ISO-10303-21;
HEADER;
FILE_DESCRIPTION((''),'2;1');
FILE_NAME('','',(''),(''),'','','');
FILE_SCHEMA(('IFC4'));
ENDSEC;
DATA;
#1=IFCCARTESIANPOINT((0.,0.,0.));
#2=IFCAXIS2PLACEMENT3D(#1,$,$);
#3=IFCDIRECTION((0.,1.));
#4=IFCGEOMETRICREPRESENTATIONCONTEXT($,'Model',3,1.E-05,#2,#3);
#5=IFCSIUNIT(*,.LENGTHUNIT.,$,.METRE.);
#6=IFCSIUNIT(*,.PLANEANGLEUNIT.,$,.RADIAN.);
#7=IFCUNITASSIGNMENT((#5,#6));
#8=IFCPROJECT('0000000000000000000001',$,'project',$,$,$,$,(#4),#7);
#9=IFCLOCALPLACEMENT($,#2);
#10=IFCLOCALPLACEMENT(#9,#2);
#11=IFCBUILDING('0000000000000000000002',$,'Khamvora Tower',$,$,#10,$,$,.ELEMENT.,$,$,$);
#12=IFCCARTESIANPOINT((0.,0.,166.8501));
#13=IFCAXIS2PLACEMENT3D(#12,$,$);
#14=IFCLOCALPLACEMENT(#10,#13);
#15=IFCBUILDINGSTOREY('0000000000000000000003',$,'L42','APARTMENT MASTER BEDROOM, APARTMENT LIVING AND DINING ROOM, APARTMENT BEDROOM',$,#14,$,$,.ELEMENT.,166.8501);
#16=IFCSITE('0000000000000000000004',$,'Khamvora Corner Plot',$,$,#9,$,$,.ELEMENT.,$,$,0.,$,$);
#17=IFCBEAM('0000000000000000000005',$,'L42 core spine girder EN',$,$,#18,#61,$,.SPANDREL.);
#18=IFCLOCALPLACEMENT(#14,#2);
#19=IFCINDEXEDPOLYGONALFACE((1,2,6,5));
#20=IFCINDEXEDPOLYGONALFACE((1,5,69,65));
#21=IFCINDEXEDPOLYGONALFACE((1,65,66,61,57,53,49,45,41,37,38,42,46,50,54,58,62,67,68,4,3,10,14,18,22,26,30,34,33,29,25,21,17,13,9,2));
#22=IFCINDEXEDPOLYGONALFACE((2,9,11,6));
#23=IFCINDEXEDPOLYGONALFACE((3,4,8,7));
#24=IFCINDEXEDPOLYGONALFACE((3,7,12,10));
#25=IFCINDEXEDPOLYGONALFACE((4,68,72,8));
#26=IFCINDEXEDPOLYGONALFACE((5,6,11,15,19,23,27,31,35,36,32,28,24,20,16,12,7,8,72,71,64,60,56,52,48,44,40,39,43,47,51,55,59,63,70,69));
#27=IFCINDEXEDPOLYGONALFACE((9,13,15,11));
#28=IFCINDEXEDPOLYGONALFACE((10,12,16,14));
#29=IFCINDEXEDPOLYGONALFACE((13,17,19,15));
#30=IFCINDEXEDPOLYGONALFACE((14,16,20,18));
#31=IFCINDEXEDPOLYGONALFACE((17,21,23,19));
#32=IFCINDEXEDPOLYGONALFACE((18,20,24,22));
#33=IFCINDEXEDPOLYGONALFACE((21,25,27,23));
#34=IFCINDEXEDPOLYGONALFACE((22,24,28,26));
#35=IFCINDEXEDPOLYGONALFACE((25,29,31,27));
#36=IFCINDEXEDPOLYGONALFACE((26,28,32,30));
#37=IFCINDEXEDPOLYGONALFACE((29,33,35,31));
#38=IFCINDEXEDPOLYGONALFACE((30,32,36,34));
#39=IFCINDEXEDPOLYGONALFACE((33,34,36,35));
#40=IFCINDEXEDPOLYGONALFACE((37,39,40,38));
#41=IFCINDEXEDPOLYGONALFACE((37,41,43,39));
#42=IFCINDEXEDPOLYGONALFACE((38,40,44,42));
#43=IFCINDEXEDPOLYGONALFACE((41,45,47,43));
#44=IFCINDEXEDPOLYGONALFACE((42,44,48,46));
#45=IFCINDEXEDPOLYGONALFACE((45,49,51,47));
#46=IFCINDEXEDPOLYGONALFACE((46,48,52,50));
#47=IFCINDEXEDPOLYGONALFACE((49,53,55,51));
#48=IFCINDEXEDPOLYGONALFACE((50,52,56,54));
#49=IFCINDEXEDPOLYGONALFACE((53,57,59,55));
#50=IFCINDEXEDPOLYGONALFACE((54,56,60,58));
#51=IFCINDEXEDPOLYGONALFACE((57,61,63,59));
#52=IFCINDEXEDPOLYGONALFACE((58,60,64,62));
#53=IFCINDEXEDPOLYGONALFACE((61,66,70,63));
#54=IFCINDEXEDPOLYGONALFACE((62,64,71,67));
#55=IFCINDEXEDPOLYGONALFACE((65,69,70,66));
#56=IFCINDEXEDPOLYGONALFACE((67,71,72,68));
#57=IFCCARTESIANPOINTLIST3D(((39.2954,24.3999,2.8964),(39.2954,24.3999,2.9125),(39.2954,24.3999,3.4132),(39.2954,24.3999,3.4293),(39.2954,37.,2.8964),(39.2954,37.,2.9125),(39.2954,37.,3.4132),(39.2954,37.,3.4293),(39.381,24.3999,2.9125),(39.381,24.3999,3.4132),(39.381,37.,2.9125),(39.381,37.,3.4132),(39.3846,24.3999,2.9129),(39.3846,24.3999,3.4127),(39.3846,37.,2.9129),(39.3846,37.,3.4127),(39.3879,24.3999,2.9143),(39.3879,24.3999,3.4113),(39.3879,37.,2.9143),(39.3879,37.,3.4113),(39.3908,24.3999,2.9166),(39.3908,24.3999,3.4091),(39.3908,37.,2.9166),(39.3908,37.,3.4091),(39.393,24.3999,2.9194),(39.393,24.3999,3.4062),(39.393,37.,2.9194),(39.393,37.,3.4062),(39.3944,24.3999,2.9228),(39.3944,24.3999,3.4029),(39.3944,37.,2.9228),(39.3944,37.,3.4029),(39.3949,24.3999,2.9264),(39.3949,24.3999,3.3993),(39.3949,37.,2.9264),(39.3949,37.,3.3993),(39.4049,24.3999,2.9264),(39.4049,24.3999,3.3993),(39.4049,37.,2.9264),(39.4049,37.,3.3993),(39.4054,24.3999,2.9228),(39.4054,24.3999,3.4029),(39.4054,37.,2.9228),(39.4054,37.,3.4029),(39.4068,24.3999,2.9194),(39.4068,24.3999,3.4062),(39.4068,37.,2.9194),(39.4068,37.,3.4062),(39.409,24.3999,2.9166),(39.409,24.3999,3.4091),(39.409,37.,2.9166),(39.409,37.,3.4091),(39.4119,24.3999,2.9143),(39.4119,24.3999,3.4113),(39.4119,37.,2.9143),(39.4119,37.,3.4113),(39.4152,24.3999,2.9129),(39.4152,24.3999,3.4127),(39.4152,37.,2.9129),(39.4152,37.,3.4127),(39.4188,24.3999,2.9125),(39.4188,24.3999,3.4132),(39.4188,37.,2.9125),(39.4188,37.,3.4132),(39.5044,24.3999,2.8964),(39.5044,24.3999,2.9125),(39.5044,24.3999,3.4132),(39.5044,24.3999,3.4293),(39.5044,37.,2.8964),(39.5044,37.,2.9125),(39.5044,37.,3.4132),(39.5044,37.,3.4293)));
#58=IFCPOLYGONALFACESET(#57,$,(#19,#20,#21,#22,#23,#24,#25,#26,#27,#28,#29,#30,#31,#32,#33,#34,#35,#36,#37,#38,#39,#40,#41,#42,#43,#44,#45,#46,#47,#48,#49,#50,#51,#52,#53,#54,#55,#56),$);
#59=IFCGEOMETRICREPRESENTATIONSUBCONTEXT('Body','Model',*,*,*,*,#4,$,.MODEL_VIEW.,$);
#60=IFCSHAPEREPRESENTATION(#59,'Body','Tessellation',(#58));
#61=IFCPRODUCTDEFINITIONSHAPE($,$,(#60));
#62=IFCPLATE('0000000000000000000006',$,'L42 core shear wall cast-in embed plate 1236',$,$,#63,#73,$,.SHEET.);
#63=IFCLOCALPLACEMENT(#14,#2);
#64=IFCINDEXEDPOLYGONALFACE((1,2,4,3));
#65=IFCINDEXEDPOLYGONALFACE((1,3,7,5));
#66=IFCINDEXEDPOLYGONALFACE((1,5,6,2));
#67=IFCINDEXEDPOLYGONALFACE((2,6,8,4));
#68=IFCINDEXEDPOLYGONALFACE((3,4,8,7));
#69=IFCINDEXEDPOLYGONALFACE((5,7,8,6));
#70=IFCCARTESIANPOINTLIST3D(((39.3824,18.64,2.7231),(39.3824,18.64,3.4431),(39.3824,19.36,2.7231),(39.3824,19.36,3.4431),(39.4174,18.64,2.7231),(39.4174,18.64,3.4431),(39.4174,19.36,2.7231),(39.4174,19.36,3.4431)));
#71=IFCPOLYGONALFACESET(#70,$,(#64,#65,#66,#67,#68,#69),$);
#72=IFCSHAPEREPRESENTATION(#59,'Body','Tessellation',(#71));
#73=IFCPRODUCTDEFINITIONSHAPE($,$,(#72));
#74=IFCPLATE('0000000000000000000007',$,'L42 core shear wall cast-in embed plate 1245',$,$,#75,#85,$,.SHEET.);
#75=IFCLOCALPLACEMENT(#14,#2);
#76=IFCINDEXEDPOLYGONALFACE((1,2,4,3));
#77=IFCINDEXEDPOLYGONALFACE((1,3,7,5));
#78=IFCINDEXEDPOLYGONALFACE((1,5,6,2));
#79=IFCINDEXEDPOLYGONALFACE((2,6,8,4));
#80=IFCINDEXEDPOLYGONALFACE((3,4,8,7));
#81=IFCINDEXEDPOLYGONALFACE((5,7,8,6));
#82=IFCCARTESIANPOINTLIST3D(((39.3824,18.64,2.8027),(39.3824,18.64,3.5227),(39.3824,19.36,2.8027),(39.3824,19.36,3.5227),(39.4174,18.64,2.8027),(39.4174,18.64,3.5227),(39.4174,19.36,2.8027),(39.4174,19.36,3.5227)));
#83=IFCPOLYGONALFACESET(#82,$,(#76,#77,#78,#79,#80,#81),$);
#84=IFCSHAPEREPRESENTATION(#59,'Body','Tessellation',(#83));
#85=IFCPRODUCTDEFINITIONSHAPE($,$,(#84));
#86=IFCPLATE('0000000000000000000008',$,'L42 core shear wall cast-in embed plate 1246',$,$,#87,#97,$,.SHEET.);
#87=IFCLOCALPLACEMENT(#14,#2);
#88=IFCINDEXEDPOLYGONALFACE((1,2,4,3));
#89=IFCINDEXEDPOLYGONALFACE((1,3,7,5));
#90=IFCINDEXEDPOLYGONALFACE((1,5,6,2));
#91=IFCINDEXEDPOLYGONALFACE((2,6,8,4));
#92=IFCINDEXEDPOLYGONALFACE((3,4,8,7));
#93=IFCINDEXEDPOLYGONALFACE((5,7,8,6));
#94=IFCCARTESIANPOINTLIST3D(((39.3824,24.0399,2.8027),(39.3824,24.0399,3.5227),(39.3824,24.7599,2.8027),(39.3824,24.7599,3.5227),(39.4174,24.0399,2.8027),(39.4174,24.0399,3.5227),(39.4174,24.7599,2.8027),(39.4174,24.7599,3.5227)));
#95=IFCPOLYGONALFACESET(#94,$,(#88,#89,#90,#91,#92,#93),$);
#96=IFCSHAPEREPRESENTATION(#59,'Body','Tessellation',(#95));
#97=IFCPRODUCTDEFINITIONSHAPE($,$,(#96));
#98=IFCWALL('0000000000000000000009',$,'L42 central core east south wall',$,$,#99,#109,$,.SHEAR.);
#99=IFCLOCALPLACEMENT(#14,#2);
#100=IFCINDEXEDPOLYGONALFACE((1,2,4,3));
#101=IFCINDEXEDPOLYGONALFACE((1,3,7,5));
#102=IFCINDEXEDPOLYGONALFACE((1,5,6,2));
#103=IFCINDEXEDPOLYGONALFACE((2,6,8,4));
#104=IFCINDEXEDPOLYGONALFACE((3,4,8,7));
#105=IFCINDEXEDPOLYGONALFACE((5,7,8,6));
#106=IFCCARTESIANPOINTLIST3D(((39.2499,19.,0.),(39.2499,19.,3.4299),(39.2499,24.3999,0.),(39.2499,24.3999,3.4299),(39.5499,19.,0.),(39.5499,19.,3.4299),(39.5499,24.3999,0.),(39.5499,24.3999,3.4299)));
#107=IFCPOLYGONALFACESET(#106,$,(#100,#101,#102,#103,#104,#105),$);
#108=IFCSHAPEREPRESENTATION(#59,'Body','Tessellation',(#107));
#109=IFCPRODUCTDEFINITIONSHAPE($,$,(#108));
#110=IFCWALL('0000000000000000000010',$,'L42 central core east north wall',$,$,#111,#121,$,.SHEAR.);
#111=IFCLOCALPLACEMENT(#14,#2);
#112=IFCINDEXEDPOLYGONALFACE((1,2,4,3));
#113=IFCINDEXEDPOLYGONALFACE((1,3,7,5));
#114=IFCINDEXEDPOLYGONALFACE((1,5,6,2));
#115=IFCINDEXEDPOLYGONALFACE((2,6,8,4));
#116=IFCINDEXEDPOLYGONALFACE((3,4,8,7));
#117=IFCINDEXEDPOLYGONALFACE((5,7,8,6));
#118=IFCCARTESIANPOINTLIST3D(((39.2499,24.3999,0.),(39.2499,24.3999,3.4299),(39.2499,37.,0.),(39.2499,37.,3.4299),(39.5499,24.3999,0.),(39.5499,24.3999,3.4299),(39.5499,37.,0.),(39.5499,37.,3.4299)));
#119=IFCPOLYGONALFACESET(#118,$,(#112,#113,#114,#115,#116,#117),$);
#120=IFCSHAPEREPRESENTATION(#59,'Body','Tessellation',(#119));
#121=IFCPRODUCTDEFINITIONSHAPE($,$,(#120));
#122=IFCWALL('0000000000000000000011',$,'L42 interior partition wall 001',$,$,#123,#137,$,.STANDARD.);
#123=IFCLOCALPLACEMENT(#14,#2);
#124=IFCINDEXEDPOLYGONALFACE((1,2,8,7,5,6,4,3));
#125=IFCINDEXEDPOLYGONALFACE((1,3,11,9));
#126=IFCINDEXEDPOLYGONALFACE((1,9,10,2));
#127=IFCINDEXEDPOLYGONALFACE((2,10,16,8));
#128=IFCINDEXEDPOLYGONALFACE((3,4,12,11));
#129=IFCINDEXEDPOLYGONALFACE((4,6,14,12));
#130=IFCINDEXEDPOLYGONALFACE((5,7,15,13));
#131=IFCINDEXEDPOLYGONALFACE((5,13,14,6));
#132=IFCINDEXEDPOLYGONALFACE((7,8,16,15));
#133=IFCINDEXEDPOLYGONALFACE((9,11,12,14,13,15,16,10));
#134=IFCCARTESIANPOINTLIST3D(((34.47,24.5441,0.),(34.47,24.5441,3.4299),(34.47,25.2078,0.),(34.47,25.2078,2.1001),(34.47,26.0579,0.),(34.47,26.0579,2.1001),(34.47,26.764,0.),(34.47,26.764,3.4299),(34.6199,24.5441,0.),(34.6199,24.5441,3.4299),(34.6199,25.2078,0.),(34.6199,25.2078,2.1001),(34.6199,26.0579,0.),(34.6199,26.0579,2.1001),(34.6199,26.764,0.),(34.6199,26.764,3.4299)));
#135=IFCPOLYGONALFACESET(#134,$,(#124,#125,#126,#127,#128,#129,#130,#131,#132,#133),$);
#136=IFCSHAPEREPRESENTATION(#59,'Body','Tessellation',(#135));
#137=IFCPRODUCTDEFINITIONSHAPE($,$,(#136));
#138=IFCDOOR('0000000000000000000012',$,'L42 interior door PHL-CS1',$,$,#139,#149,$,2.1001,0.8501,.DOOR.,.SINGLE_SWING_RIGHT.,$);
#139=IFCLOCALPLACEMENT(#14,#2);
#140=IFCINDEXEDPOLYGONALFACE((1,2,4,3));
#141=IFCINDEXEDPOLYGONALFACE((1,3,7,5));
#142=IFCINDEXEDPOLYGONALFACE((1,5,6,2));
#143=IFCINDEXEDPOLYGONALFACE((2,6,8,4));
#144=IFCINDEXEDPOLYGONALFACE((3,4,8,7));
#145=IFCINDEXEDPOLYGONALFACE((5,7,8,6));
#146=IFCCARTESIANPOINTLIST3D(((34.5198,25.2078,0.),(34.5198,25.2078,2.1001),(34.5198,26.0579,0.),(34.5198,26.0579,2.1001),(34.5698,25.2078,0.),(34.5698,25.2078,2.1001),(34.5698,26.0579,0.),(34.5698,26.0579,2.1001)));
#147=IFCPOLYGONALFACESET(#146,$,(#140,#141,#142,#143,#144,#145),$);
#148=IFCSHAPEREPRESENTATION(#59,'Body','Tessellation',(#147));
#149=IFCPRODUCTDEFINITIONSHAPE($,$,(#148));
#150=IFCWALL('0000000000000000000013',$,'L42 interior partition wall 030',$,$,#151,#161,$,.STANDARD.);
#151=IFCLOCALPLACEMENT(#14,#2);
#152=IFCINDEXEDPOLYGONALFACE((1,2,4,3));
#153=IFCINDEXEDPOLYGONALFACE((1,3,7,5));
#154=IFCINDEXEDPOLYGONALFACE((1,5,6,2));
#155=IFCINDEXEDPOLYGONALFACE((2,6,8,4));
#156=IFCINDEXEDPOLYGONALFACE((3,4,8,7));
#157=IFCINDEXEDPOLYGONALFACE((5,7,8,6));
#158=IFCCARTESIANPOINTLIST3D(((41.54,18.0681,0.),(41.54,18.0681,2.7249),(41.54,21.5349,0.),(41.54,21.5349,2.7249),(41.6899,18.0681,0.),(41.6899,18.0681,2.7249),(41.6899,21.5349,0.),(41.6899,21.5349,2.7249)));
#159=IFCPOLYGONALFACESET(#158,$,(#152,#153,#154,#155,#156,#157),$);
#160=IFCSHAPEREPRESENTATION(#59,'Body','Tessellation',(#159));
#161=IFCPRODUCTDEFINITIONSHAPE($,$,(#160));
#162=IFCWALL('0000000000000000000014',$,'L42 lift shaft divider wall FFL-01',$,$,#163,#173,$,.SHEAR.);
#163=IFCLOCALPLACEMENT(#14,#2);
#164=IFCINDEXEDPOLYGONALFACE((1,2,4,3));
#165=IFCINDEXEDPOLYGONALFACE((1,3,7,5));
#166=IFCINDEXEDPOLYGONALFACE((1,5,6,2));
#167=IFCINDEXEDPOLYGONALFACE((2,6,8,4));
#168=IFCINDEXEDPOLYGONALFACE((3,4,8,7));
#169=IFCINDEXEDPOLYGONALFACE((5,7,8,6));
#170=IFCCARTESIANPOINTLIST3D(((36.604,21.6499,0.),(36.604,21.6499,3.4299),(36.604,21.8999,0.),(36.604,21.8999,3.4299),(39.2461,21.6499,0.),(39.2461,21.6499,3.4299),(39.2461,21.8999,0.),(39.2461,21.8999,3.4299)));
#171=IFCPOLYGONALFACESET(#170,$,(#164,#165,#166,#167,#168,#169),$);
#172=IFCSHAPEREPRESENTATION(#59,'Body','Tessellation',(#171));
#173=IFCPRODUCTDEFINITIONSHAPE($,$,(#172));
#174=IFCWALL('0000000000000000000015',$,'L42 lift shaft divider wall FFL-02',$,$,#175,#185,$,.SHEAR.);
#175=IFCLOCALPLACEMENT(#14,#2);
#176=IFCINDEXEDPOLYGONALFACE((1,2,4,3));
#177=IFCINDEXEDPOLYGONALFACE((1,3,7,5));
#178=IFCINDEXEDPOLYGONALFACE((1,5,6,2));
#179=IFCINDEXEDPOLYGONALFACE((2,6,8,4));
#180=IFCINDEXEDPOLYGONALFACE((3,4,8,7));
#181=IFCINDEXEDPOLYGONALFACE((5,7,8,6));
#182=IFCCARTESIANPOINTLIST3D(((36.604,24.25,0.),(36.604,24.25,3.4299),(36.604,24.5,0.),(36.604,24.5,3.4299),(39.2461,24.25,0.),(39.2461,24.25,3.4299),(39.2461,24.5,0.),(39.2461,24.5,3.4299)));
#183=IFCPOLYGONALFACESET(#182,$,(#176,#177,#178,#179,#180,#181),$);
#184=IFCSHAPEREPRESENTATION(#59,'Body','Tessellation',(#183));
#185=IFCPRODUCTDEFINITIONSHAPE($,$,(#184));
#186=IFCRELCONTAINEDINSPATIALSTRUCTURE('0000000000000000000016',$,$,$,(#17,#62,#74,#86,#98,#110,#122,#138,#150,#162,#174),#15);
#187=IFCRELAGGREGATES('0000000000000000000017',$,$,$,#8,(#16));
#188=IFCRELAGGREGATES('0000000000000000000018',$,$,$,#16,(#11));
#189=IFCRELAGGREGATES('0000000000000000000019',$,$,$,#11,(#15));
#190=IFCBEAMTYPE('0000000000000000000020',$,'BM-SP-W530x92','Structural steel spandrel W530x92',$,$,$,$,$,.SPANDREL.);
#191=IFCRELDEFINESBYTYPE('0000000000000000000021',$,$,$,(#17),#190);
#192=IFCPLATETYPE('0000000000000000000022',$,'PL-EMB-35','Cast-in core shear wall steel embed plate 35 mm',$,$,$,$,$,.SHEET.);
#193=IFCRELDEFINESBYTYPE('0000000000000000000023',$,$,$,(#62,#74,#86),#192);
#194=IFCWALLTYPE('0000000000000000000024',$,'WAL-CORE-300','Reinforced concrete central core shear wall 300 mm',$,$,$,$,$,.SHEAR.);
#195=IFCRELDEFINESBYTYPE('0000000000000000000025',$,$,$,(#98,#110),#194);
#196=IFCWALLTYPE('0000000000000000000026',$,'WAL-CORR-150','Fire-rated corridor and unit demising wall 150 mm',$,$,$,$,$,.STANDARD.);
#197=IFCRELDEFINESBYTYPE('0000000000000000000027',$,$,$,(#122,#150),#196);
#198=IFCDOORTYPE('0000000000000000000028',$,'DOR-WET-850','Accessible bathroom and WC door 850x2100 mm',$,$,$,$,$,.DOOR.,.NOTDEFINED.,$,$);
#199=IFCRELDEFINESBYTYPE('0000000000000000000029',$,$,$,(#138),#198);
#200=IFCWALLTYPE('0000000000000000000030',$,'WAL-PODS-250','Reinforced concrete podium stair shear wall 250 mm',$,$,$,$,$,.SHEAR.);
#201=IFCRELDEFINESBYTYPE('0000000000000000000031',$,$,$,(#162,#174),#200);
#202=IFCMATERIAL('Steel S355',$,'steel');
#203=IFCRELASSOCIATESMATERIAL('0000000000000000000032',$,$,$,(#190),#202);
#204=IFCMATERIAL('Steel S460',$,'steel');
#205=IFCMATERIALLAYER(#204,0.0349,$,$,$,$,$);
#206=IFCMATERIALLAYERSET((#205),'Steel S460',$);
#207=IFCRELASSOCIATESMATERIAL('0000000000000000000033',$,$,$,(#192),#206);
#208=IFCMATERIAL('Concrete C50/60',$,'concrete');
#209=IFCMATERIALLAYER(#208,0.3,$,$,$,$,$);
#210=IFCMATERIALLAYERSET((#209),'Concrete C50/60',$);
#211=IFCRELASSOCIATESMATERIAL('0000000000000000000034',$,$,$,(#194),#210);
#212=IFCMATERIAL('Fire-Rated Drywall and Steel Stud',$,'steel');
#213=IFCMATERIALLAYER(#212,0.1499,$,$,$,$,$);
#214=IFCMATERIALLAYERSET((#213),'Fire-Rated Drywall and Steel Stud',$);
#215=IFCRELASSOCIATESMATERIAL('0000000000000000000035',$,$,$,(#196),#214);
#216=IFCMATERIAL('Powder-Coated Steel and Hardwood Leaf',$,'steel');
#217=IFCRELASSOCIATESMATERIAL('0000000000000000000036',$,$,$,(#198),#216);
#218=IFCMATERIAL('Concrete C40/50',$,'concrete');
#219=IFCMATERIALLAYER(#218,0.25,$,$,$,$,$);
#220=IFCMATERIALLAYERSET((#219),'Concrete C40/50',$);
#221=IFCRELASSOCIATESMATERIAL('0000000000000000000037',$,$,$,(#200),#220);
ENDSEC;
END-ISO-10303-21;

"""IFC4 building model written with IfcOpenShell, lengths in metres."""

from ifc_helpers import new_model, si_unit, direction, frame, frame_2d, origin, origin_2d, place, context, subcontext, project, spatial, rectangle, i_section, extrude, material, layer, layer_set, material_profile, profile_set, type_object, element, fill, save


model = new_model("IFC4")

# Units and contexts
model_context = context("Model", 3, precision=1e-05, world=origin(), true_north=direction((0.0, 1.0)))
body_context = subcontext(model_context, "Body", "Model", "MODEL_VIEW")
ifc_project = project(units=[si_unit("LENGTHUNIT", "METRE"), si_unit("PLANEANGLEUNIT", "RADIAN")], contexts=[model_context])

# Site, building, storey
site_placement = place(None, origin())
site = spatial("IfcSite", under=ifc_project, at=site_placement, Name="Khamvora Corner Plot", CompositionType="ELEMENT", RefElevation=0.0)
building_placement = place(site_placement, origin())
building = spatial("IfcBuilding", under=site, at=building_placement, Name="Khamvora Tower", CompositionType="ELEMENT")
storey_placement = place(building_placement, frame((0.0, 0.0, 166.8501)))
storey = spatial("IfcBuildingStorey", under=building, at=storey_placement, Name="L42", Description="APARTMENT MASTER BEDROOM, APARTMENT LIVING AND DINING ROOM, APARTMENT BEDROOM", CompositionType="ELEMENT", Elevation=166.8501)

# Shared definitions
ifc_material_1 = material(Name="Steel S460", Category="steel")

# Beam
ifc_material_2 = material(Name="Steel S355", Category="steel")
ifc_material_profile_1 = material_profile(ifc_material_2, i_section(OverallWidth=0.209, OverallDepth=0.533, WebThickness=0.01, FlangeThickness=0.0161, FilletRadius=0.0139, at=origin_2d()), Name="W530x92")
ifc_profile_set_1 = profile_set([ifc_material_profile_1], Name="Steel S355")
beam_type_1 = type_object("IfcBeamType", Name="BM-SP-W530x92", Description="Structural steel spandrel W530x92", PredefinedType="SPANDREL", material=ifc_profile_set_1)
beam_1_placement = place(storey_placement, frame((39.3999, 24.3999, 3.1628), z_axis=(0.0, 1.0, 0.0), x_axis=(-1.0, 0.0, 0.0)))
element("IfcBeam", 1, at=beam_1_placement, inside=storey, type_object=beam_type_1, Name="L42 core spine girder EN", PredefinedType="SPANDREL", context=body_context, shape_type="SweptSolid", body=[
    extrude(i_section(OverallWidth=0.209, OverallDepth=0.533, WebThickness=0.01, FlangeThickness=0.0161, FilletRadius=0.0139, at=origin_2d()), origin(), (0.0, 0.0, 1.0), 12.6001),
])

# Plates
ifc_layer_1 = layer(ifc_material_1, 0.0349)
ifc_layer_set_1 = layer_set([ifc_layer_1], Name="Steel S460")
plate_type = type_object("IfcPlateType", Name="PL-EMB-35", Description="Cast-in core shear wall steel embed plate 35 mm", PredefinedType="SHEET", material=ifc_layer_set_1)
for number, where, z_axis, x_axis, name in (
    (2, (39.3999, 19.0, 2.7231), (0.0, 0.0, 1.0), (1.0, 0.0, 0.0), "L42 core shear wall cast-in embed plate 1236"),
    (3, (39.3999, 19.0, 2.8027), (0.0, 0.0, 1.0), (1.0, 0.0, 0.0), "L42 core shear wall cast-in embed plate 1245"),
    (4, (39.3999, 24.3999, 2.8027), (0.0, 0.0, 1.0), (1.0, 0.0, 0.0), "L42 core shear wall cast-in embed plate 1246"),
):
    element("IfcPlate", number, at=place(storey_placement, frame(where, z_axis=z_axis, x_axis=x_axis)), inside=storey, type_object=plate_type, Name=name, PredefinedType="SHEET", context=body_context, shape_type="SweptSolid", body=[
        extrude(rectangle(XDim=0.0349, YDim=0.72, at=origin_2d()), origin(), (0.0, 0.0, 1.0), 0.72),
    ])

# Walls
ifc_material_3 = material(Name="Concrete C50/60", Category="concrete")
ifc_layer_2 = layer(ifc_material_3, 0.3)
ifc_layer_set_2 = layer_set([ifc_layer_2], Name="Concrete C50/60")
wall_type_1 = type_object("IfcWallType", Name="WAL-CORE-300", Description="Reinforced concrete central core shear wall 300 mm", PredefinedType="SHEAR", material=ifc_layer_set_2)
wall_1_placement = place(storey_placement, frame((39.3999, 19.0, 0.0), z_axis=(0.0, 0.0, 1.0), x_axis=(0.0, 1.0, 0.0)))
element("IfcWall", 5, at=wall_1_placement, inside=storey, type_object=wall_type_1, Name="L42 central core east south wall", PredefinedType="SHEAR", context=body_context, shape_type="SweptSolid", body=[
    extrude(rectangle(XDim=5.3999, YDim=0.3, at=frame_2d((2.7, 0.0))), origin(), (0.0, 0.0, 1.0), 3.4299),
])
wall_2_placement = place(storey_placement, frame((39.3999, 24.3999, 0.0), z_axis=(0.0, 0.0, 1.0), x_axis=(0.0, 1.0, 0.0)))
element("IfcWall", 6, at=wall_2_placement, inside=storey, type_object=wall_type_1, Name="L42 central core east north wall", PredefinedType="SHEAR", context=body_context, shape_type="SweptSolid", body=[
    extrude(rectangle(XDim=12.6001, YDim=0.3, at=frame_2d((6.3, 0.0))), origin(), (0.0, 0.0, 1.0), 3.4299),
])

# Shared definitions
ifc_material_4 = material(Name="Powder-Coated Steel and Hardwood Leaf", Category="steel")

# Wall, opening, door
ifc_material_5 = material(Name="Fire-Rated Drywall and Steel Stud", Category="steel")
ifc_layer_3 = layer(ifc_material_5, 0.1499)
ifc_layer_set_3 = layer_set([ifc_layer_3], Name="Fire-Rated Drywall and Steel Stud")
wall_type_2 = type_object("IfcWallType", Name="WAL-CORR-150", Description="Fire-rated corridor and unit demising wall 150 mm", PredefinedType="STANDARD", material=ifc_layer_set_3)
wall_3_placement = place(storey_placement, frame((34.5449, 26.7639, 0.0), z_axis=(0.0, 0.0, 1.0), x_axis=(0.0, -1.0, 0.0)))
wall_3 = element("IfcWall", 7, at=wall_3_placement, inside=storey, type_object=wall_type_2, Name="L42 interior partition wall 001", PredefinedType="STANDARD", context=body_context, shape_type="SweptSolid", body=[
    extrude(rectangle(XDim=2.22, YDim=0.1499, at=frame_2d((1.1099, 0.0))), origin(), (0.0, 0.0, 1.0), 3.4299),
])
opening_1_placement = place(wall_3_placement, frame((0.7061, 0.0, 0.0)))
opening_1 = element("IfcOpeningElement", 8, at=opening_1_placement, cuts=wall_3, PredefinedType="OPENING", context=body_context, shape_type="SweptSolid", body=[
    extrude(rectangle(XDim=0.8501, YDim=2.1001, at=frame_2d((0.425, 1.05))), frame((0.0, 0.085, 0.0), z_axis=(0.0, -1.0, 0.0), x_axis=(1.0, 0.0, 0.0)), (0.0, 0.0, 1.0), 0.1699),
])
door_type_1 = type_object("IfcDoorType", Name="DOR-WET-850", Description="Accessible bathroom and WC door 850x2100 mm", OperationType="NOTDEFINED", PredefinedType="DOOR", material=ifc_material_4)
door_1_placement = place(opening_1_placement, origin())
door_1 = element("IfcDoor", 9, at=door_1_placement, inside=storey, type_object=door_type_1, Name="L42 interior door PHL-CS1", OperationType="SINGLE_SWING_RIGHT", OverallHeight=2.1001, OverallWidth=0.8501, PredefinedType="DOOR", context=body_context, shape_type="SweptSolid", body=[
    extrude(rectangle(XDim=0.8501, YDim=2.1001, at=frame_2d((0.425, 1.05))), frame((0.0, 0.0249, 0.0), z_axis=(0.0, -1.0, 0.0), x_axis=(1.0, 0.0, 0.0)), (0.0, 0.0, 1.0), 0.05),
])
fill(opening_1, door_1)

# Walls
wall_4_placement = place(storey_placement, frame((41.615, 21.5349, 0.0), z_axis=(0.0, 0.0, 1.0), x_axis=(0.0, -1.0, 0.0)))
element("IfcWall", 10, at=wall_4_placement, inside=storey, type_object=wall_type_2, Name="L42 interior partition wall 030", PredefinedType="STANDARD", context=body_context, shape_type="SweptSolid", body=[
    extrude(rectangle(XDim=3.4668, YDim=0.1499, at=frame_2d((1.7334, 0.0))), origin(), (0.0, 0.0, 1.0), 2.7249),
])
ifc_material_6 = material(Name="Concrete C40/50", Category="concrete")
ifc_layer_4 = layer(ifc_material_6, 0.25)
ifc_layer_set_4 = layer_set([ifc_layer_4], Name="Concrete C40/50")
wall_type_3 = type_object("IfcWallType", Name="WAL-PODS-250", Description="Reinforced concrete podium stair shear wall 250 mm", PredefinedType="SHEAR", material=ifc_layer_set_4)
for number, where, z_axis, x_axis, name in (
    (11, (36.604, 21.7749, 0.0), (0.0, 0.0, 1.0), (1.0, 0.0, 0.0), "L42 lift shaft divider wall FFL-01"),
    (12, (36.604, 24.375, 0.0), (0.0, 0.0, 1.0), (1.0, 0.0, 0.0), "L42 lift shaft divider wall FFL-02"),
):
    element("IfcWall", number, at=place(storey_placement, frame(where, z_axis=z_axis, x_axis=x_axis)), inside=storey, type_object=wall_type_3, Name=name, PredefinedType="SHEAR", context=body_context, shape_type="SweptSolid", body=[
        extrude(rectangle(XDim=2.6421, YDim=0.25, at=frame_2d((1.321, 0.0))), origin(), (0.0, 0.0, 1.0), 3.4299),
    ])

save(model, "model.ifc")
